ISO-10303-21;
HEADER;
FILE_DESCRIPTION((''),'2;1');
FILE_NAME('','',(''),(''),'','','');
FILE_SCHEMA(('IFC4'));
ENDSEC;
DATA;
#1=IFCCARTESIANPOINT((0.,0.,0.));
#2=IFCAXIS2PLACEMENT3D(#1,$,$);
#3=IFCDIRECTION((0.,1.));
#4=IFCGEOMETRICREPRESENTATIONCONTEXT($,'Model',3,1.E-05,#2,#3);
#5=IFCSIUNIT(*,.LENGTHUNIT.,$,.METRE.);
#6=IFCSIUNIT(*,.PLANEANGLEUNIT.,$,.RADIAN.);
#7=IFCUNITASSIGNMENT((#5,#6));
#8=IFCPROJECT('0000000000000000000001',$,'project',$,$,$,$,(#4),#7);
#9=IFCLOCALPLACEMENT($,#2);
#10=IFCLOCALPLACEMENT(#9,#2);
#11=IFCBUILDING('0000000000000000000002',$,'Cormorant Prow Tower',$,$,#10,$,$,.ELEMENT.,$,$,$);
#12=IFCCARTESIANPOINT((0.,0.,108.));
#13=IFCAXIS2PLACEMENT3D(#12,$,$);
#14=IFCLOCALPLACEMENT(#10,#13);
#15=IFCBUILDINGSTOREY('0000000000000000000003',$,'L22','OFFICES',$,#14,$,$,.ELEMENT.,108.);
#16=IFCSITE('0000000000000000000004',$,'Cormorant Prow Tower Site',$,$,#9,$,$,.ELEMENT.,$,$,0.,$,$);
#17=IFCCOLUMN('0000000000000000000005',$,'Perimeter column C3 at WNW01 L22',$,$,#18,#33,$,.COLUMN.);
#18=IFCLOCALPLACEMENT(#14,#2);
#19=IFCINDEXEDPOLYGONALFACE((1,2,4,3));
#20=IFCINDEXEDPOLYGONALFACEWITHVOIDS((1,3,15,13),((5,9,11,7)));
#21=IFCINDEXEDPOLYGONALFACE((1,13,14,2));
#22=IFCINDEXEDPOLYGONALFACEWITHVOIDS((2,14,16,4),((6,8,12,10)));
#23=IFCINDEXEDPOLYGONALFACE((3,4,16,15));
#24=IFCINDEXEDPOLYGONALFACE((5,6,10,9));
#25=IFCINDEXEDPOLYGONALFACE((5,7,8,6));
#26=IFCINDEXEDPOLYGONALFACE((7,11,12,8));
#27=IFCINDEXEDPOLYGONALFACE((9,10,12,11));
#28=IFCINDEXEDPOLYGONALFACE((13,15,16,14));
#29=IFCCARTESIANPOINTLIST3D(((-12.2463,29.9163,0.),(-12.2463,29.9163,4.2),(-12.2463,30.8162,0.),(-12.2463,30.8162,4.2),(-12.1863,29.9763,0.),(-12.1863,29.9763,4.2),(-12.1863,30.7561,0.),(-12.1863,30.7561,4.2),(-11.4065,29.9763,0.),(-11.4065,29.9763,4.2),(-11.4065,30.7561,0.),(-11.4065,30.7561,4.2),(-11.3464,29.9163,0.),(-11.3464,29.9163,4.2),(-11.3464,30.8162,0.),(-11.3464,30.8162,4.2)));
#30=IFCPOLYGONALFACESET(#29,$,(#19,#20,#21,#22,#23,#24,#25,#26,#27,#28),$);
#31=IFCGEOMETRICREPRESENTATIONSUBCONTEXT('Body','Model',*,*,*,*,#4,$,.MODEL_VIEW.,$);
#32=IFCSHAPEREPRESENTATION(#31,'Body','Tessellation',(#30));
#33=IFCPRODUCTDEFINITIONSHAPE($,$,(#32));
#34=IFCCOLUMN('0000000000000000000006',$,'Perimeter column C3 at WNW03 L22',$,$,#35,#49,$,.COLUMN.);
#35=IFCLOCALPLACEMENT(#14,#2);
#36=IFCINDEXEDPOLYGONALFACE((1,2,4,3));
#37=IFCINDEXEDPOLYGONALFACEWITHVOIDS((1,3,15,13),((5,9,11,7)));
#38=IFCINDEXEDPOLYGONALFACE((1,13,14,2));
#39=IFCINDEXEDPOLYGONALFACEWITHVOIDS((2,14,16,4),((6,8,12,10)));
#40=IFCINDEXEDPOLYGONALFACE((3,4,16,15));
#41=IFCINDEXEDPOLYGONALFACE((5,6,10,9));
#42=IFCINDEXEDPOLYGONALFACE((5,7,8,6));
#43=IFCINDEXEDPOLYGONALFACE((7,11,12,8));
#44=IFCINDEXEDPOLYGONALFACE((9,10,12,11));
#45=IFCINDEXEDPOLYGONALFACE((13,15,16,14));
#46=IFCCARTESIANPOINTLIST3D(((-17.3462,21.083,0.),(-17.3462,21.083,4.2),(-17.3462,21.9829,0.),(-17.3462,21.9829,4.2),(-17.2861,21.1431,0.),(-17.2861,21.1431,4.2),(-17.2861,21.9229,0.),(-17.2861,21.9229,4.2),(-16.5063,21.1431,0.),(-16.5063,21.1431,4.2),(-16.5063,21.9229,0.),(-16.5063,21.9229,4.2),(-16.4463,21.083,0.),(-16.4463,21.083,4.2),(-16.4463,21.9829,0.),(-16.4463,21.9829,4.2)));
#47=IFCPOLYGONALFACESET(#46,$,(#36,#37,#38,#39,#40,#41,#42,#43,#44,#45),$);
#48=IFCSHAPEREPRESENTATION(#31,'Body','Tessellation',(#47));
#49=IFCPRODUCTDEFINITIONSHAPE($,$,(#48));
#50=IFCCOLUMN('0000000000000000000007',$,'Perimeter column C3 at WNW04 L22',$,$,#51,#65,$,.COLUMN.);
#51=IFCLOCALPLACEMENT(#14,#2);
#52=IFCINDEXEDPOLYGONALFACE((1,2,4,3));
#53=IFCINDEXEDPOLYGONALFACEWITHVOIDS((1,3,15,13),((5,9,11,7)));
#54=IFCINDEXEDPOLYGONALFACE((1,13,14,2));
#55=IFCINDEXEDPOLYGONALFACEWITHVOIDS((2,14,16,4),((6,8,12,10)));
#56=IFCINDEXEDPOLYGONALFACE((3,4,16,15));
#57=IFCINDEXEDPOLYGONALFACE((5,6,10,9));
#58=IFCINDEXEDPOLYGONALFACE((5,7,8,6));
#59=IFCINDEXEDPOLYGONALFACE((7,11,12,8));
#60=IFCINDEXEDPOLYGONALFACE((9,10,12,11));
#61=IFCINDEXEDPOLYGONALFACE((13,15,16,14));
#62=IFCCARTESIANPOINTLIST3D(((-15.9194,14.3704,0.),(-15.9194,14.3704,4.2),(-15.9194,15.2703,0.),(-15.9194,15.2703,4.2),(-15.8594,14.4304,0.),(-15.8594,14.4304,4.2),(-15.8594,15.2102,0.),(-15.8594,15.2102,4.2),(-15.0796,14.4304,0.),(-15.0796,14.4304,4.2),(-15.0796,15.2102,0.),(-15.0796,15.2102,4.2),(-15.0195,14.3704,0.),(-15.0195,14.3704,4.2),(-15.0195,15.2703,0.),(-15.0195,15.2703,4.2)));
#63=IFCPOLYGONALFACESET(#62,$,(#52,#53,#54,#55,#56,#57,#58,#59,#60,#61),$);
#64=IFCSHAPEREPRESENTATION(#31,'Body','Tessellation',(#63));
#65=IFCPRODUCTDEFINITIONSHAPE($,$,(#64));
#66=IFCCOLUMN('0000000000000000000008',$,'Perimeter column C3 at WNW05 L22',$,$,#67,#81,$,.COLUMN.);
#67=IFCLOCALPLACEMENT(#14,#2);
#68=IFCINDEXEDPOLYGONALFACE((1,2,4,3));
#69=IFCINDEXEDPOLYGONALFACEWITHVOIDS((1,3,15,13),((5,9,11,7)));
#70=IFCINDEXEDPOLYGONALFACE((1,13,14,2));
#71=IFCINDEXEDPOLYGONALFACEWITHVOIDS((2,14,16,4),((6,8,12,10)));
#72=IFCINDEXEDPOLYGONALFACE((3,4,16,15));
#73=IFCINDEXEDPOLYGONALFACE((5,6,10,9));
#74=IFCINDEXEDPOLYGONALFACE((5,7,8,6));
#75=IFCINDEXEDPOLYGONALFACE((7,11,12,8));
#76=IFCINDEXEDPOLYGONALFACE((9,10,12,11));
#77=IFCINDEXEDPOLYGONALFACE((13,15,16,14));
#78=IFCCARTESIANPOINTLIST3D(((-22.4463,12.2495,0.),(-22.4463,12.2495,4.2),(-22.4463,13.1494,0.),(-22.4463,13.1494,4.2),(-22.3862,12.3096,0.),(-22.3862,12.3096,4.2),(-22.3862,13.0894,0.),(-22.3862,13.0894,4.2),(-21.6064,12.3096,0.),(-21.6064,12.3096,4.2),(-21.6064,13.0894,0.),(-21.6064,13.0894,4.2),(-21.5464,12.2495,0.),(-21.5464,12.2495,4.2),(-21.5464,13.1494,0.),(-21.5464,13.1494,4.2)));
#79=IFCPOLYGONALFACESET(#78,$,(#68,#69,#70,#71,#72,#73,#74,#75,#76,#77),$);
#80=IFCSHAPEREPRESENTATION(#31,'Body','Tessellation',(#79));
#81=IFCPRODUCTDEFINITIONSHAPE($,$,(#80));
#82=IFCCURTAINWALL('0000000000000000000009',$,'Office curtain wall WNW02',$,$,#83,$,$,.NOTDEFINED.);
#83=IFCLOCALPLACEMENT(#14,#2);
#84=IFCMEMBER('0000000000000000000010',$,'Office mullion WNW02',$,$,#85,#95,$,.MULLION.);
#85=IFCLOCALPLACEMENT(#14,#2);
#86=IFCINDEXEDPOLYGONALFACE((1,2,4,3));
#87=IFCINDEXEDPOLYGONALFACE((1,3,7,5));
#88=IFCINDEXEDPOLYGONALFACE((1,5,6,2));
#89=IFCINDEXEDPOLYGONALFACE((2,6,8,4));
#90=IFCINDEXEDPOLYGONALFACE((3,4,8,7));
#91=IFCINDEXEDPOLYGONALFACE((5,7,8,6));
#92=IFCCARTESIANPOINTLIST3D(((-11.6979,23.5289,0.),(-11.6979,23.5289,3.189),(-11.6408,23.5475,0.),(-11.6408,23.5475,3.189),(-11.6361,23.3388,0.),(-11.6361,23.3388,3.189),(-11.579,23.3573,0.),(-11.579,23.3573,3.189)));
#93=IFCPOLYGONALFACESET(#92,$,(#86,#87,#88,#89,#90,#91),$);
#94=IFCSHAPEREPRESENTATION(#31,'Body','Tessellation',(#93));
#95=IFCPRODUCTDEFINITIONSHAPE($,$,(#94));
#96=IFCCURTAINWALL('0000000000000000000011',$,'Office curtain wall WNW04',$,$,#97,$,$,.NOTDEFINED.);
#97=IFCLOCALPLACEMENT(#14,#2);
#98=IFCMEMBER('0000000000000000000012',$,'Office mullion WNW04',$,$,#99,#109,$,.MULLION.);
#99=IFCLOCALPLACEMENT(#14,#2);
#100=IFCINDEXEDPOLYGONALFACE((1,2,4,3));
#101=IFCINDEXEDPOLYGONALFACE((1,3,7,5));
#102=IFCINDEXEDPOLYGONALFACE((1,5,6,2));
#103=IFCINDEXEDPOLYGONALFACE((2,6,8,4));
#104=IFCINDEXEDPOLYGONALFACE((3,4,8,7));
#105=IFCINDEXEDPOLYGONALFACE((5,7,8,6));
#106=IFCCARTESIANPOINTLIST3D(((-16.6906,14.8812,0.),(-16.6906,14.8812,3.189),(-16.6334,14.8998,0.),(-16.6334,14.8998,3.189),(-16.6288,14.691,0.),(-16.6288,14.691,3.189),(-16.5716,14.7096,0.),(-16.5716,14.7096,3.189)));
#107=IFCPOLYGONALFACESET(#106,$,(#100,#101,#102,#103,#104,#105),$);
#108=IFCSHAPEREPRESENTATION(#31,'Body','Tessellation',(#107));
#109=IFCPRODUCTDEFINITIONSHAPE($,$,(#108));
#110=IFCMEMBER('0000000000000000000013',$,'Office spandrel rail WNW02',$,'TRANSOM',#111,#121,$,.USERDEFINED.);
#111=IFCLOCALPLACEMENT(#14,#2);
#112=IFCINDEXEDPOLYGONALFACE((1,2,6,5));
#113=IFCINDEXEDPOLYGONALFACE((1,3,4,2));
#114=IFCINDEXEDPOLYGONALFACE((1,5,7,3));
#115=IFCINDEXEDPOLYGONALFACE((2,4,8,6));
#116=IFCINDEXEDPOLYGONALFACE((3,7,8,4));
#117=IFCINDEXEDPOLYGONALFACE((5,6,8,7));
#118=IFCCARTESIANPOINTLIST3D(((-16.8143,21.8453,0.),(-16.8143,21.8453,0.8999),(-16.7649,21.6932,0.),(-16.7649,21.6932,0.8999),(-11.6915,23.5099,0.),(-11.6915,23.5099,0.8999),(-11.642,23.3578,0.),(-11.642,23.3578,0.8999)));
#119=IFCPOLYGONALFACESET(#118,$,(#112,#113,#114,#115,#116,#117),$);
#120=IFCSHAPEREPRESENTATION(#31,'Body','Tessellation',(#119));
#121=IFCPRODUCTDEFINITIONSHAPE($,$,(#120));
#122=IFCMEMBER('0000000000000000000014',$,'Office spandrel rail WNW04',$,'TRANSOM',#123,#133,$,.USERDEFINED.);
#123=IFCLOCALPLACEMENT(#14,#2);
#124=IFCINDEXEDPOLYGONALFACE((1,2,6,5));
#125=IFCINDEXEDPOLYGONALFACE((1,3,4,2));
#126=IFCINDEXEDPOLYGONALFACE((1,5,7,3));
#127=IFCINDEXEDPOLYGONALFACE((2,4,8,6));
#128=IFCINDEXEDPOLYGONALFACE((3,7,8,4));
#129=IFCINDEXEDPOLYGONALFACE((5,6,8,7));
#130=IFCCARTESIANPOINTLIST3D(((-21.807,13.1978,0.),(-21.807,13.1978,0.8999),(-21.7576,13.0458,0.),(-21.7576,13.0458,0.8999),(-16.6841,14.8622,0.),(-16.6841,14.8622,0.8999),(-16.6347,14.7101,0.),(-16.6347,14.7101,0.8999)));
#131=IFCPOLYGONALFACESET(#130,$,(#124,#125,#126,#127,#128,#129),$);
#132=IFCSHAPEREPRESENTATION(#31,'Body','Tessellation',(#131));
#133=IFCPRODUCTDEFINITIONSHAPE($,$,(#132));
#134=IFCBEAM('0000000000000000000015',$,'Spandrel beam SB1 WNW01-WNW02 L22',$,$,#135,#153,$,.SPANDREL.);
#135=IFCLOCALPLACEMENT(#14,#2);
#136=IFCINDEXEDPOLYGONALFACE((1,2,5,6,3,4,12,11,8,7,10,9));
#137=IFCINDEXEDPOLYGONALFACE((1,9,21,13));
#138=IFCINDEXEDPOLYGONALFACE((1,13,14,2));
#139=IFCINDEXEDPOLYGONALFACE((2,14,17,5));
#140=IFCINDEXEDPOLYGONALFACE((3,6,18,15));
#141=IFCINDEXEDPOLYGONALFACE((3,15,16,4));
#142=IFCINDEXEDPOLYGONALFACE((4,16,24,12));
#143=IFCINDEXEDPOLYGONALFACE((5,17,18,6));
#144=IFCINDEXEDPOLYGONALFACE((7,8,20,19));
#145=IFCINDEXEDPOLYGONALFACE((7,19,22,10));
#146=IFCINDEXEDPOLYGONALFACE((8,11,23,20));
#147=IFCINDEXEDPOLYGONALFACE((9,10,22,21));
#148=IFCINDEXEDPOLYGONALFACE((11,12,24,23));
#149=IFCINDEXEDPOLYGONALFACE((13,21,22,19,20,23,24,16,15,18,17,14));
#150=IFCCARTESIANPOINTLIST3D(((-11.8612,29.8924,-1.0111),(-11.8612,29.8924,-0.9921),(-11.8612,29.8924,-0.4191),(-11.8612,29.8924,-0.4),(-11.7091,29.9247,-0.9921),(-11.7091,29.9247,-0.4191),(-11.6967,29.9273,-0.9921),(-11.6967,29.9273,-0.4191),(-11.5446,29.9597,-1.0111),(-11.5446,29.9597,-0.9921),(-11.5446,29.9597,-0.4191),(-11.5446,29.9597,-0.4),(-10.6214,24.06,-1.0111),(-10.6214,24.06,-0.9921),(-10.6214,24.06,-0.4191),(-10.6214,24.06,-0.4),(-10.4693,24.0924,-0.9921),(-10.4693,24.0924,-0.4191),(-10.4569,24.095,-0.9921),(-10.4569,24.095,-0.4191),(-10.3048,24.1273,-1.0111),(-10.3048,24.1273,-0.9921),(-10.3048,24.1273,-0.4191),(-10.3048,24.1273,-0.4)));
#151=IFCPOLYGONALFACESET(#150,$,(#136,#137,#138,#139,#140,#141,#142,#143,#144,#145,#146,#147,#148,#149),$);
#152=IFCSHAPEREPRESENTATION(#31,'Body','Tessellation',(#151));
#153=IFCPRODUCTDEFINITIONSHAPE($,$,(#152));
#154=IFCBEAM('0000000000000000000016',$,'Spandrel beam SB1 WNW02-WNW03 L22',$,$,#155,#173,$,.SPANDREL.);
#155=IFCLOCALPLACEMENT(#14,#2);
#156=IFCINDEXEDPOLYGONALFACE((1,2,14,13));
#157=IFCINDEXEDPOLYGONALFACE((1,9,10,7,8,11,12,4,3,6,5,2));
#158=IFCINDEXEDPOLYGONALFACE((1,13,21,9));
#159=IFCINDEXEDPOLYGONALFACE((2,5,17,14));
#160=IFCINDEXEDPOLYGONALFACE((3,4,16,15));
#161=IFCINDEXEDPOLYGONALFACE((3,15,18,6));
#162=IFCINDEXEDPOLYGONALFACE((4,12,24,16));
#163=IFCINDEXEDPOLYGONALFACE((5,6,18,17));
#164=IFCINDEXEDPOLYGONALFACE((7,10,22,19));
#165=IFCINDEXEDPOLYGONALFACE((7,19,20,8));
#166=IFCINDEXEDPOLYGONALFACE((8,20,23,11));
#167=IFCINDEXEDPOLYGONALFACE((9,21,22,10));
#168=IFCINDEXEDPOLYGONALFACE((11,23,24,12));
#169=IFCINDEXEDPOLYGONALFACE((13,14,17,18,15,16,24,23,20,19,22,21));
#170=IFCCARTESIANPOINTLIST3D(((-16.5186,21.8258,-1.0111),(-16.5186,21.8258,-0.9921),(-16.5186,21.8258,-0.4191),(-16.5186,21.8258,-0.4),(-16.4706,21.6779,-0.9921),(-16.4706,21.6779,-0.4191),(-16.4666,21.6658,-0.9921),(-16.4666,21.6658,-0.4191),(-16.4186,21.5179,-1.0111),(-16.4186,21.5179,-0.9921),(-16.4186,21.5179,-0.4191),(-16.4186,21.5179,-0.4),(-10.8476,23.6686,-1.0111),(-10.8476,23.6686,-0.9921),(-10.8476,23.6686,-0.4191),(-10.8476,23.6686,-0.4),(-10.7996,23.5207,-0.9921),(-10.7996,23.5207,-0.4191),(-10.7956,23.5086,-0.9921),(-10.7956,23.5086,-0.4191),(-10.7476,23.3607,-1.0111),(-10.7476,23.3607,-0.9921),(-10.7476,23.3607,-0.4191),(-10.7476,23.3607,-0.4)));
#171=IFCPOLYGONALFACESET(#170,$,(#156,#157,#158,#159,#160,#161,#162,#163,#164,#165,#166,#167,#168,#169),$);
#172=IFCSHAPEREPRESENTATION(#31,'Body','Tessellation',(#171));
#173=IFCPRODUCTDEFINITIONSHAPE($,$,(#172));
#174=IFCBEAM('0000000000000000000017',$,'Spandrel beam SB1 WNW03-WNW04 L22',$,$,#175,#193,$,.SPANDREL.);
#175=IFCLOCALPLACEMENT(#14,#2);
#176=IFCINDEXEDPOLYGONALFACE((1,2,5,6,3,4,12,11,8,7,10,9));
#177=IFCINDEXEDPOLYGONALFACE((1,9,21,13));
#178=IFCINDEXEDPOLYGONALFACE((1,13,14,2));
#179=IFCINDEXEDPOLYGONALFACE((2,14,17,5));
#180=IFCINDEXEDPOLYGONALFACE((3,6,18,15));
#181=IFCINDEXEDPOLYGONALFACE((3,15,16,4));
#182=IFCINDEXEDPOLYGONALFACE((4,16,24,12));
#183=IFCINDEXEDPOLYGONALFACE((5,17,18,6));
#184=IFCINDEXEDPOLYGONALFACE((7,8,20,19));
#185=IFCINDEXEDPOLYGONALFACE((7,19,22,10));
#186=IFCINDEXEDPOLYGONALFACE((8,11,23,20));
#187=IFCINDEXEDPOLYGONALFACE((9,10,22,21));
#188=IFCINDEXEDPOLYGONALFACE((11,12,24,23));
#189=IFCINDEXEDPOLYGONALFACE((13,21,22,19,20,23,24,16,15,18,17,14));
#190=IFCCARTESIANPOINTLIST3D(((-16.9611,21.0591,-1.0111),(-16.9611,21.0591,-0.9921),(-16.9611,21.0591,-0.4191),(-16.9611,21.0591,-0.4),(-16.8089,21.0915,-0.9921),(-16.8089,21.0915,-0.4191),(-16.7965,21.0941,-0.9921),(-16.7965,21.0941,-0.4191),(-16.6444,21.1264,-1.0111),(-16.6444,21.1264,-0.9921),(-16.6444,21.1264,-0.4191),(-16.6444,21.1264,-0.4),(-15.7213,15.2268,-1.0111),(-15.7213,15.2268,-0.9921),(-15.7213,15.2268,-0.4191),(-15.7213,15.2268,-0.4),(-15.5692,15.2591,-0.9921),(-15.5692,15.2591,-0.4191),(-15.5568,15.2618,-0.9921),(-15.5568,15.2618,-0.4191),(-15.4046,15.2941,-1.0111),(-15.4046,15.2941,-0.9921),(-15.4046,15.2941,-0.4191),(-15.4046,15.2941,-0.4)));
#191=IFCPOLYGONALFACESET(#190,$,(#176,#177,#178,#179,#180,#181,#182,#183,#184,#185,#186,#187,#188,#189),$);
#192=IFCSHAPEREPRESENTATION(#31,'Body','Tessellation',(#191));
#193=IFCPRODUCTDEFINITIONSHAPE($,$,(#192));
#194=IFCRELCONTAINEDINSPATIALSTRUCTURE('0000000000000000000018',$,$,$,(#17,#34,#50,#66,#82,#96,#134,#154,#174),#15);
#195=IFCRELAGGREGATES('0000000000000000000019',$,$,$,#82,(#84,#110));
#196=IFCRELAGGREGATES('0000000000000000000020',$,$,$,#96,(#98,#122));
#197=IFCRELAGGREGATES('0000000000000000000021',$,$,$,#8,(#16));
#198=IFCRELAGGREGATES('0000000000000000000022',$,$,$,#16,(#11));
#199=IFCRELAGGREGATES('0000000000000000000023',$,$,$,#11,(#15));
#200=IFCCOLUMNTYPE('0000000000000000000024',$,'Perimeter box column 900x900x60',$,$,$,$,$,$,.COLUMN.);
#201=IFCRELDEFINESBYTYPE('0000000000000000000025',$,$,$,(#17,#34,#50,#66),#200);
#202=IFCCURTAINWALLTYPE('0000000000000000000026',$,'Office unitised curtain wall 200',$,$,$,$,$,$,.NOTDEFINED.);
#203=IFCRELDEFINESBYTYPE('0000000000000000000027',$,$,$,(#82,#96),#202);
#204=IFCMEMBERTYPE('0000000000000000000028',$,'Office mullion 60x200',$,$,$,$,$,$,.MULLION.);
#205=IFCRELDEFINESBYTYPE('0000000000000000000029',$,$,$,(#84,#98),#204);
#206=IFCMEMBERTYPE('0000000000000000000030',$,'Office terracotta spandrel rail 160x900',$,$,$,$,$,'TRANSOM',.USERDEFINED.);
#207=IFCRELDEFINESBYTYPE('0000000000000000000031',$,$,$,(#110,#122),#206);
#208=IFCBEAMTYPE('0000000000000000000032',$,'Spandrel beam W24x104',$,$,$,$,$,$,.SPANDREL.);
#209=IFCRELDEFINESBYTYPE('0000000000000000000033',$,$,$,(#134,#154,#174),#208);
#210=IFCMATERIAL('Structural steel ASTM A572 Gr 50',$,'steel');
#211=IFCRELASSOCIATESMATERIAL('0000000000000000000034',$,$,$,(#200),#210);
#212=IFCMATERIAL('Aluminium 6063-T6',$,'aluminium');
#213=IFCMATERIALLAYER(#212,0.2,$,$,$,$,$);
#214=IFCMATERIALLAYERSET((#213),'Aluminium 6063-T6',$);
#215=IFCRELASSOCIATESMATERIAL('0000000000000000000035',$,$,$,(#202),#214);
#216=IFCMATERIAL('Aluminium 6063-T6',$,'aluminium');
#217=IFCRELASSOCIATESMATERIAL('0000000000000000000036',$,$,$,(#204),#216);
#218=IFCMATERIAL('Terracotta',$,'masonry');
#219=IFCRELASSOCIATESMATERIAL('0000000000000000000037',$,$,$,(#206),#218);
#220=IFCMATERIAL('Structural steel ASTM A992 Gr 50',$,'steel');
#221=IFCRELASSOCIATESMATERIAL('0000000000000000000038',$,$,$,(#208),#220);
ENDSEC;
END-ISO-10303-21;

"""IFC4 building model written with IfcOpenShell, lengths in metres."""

from ifc_helpers import new_model, si_unit, direction, frame, origin, origin_2d, place, context, subcontext, project, spatial, rectangle, hollow_rectangle, i_section, extrude, material, layer, layer_set, material_profile, profile_set, type_object, element, aggregate, save


model = new_model("IFC4")

# Units and contexts
model_context = context("Model", 3, precision=1e-05, world=origin(), true_north=direction((0.0, 1.0)))
body_context = subcontext(model_context, "Body", "Model", "MODEL_VIEW")
ifc_project = project(units=[si_unit("LENGTHUNIT", "METRE"), si_unit("PLANEANGLEUNIT", "RADIAN")], contexts=[model_context])

# Site, building, storey
site_placement = place(None, origin())
site = spatial("IfcSite", under=ifc_project, at=site_placement, Name="Cormorant Prow Tower Site", CompositionType="ELEMENT", RefElevation=0.0)
building_placement = place(site_placement, origin())
building = spatial("IfcBuilding", under=site, at=building_placement, Name="Cormorant Prow Tower", CompositionType="ELEMENT")
storey_placement = place(building_placement, frame((0.0, 0.0, 108.0)))
storey = spatial("IfcBuildingStorey", under=building, at=storey_placement, Name="L22", Description="OFFICES", CompositionType="ELEMENT", Elevation=108.0)

# Columns
ifc_material_1 = material(Name="Structural steel ASTM A572 Gr 50", Category="steel")
ifc_material_profile_1 = material_profile(ifc_material_1, hollow_rectangle(XDim=0.8999, YDim=0.8999, WallThickness=0.0601, at=origin_2d()), Name="Box 900x900x60")
ifc_profile_set_1 = profile_set([ifc_material_profile_1], Name="Structural steel ASTM A572 Gr 50")
column_type = type_object("IfcColumnType", Name="Perimeter box column 900x900x60", PredefinedType="COLUMN", material=ifc_profile_set_1)
for number, where, z_axis, x_axis, name in (
    (1, (-11.7964, 30.3662, 0.0), (0.0, 0.0, 1.0), (1.0, 0.0, 0.0), "Perimeter column C3 at WNW01 L22"),
    (2, (-16.8962, 21.533, 0.0), (0.0, 0.0, 1.0), (1.0, 0.0, 0.0), "Perimeter column C3 at WNW03 L22"),
    (3, (-15.4695, 14.8203, 0.0), (0.0, 0.0, 1.0), (1.0, 0.0, 0.0), "Perimeter column C3 at WNW04 L22"),
    (4, (-21.9963, 12.6995, 0.0), (0.0, 0.0, 1.0), (1.0, 0.0, 0.0), "Perimeter column C3 at WNW05 L22"),
):
    element("IfcColumn", number, at=place(storey_placement, frame(where, z_axis=z_axis, x_axis=x_axis)), inside=storey, type_object=column_type, Name=name, PredefinedType="COLUMN", context=body_context, shape_type="SweptSolid", body=[
        extrude(hollow_rectangle(XDim=0.8999, YDim=0.8999, WallThickness=0.0601, at=origin_2d()), origin(), (0.0, 0.0, 1.0), 4.2),
    ])

# Curtain walls, members
ifc_material_2 = material(Name="Aluminium 6063-T6", Category="aluminium")
ifc_layer_1 = layer(ifc_material_2, 0.2)
ifc_layer_set_1 = layer_set([ifc_layer_1], Name="Aluminium 6063-T6")
curtain_wall_type = type_object("IfcCurtainWallType", Name="Office unitised curtain wall 200", PredefinedType="NOTDEFINED", material=ifc_layer_set_1)
curtain_wall_1_placement = place(storey_placement, origin())
curtain_wall_1 = element("IfcCurtainWall", 5, at=curtain_wall_1_placement, inside=storey, type_object=curtain_wall_type, Name="Office curtain wall WNW02", PredefinedType="NOTDEFINED")
ifc_material_3 = material(Name="Aluminium 6063-T6", Category="aluminium")
ifc_material_profile_2 = material_profile(ifc_material_3, rectangle(XDim=0.2, YDim=0.0601, at=origin_2d()), Name="Office mullion 60x200")
ifc_profile_set_2 = profile_set([ifc_material_profile_2], Name="Aluminium 6063-T6")
member_type_1 = type_object("IfcMemberType", Name="Office mullion 60x200", PredefinedType="MULLION", material=ifc_profile_set_2)
member_1_placement = place(storey_placement, frame((-11.6384, 23.4431, 0.0), z_axis=(0.0, 0.0, 1.0), x_axis=(0.309017, -0.951057, 0.0)))
member_1 = element("IfcMember", 6, at=member_1_placement, type_object=member_type_1, Name="Office mullion WNW02", PredefinedType="MULLION", context=body_context, shape_type="SweptSolid", body=[
    extrude(rectangle(XDim=0.2, YDim=0.0601, at=origin_2d()), origin(), (0.0, 0.0, 1.0), 3.189),
])
curtain_wall_2_placement = place(storey_placement, origin())
curtain_wall_2 = element("IfcCurtainWall", 7, at=curtain_wall_2_placement, inside=storey, type_object=curtain_wall_type, Name="Office curtain wall WNW04", PredefinedType="NOTDEFINED")
member_2_placement = place(storey_placement, frame((-16.6311, 14.7954, 0.0), z_axis=(0.0, 0.0, 1.0), x_axis=(0.309017, -0.951057, 0.0)))
member_2 = element("IfcMember", 8, at=member_2_placement, type_object=member_type_1, Name="Office mullion WNW04", PredefinedType="MULLION", context=body_context, shape_type="SweptSolid", body=[
    extrude(rectangle(XDim=0.2, YDim=0.0601, at=origin_2d()), origin(), (0.0, 0.0, 1.0), 3.189),
])

# Members
ifc_material_4 = material(Name="Terracotta", Category="masonry")
ifc_material_profile_3 = material_profile(ifc_material_4, rectangle(XDim=0.1599, YDim=0.8999, at=origin_2d()), Name="Office terracotta spandrel rail 160x900")
ifc_profile_set_3 = profile_set([ifc_material_profile_3], Name="Terracotta")
member_type_2 = type_object("IfcMemberType", Name="Office terracotta spandrel rail 160x900", ElementType="TRANSOM", PredefinedType="USERDEFINED", material=ifc_profile_set_3)
member_3_placement = place(storey_placement, frame((-11.6667, 23.4338, 0.45), z_axis=(-0.951054, -0.309026, 0.0), x_axis=(0.309026, -0.951054, 0.0)))
member_3 = element("IfcMember", 9, at=member_3_placement, type_object=member_type_2, Name="Office spandrel rail WNW02", ObjectType="TRANSOM", PredefinedType="USERDEFINED", context=body_context, shape_type="SweptSolid", body=[
    extrude(rectangle(XDim=0.1599, YDim=0.8999, at=origin_2d()), origin(), (0.0, 0.0, 1.0), 5.3865),
])
member_4_placement = place(storey_placement, frame((-16.6594, 14.7861, 0.45), z_axis=(-0.951067, -0.308985, 0.0), x_axis=(0.308985, -0.951067, 0.0)))
member_4 = element("IfcMember", 10, at=member_4_placement, type_object=member_type_2, Name="Office spandrel rail WNW04", ObjectType="TRANSOM", PredefinedType="USERDEFINED", context=body_context, shape_type="SweptSolid", body=[
    extrude(rectangle(XDim=0.1599, YDim=0.8999, at=origin_2d()), origin(), (0.0, 0.0, 1.0), 5.3865),
])

# Beams
ifc_material_5 = material(Name="Structural steel ASTM A992 Gr 50", Category="steel")
ifc_material_profile_4 = material_profile(ifc_material_5, i_section(OverallWidth=0.3237, OverallDepth=0.6111, WebThickness=0.0127, FlangeThickness=0.019, at=origin_2d()), Name="W24x104")
ifc_profile_set_4 = profile_set([ifc_material_profile_4], Name="Structural steel ASTM A992 Gr 50")
beam_type = type_object("IfcBeamType", Name="Spandrel beam W24x104", PredefinedType="SPANDREL", material=ifc_profile_set_4)
beam_1_placement = place(storey_placement, frame((-11.7029, 29.926, -0.7056), z_axis=(0.207921, -0.978146, 0.0), x_axis=(0.978146, 0.207921, 0.0)))
element("IfcBeam", 11, at=beam_1_placement, inside=storey, type_object=beam_type, Name="Spandrel beam SB1 WNW01-WNW02 L22", PredefinedType="SPANDREL", context=body_context, shape_type="SweptSolid", body=[
    extrude(i_section(OverallWidth=0.3237, OverallDepth=0.6111, WebThickness=0.0127, FlangeThickness=0.019, at=origin_2d()), origin(), (0.0, 0.0, 1.0), 5.9626),
])
beam_2_placement = place(storey_placement, frame((-10.7976, 23.5146, -0.7056), z_axis=(-0.951047, -0.309045, 0.0), x_axis=(0.309045, -0.951047, 0.0)))
element("IfcBeam", 12, at=beam_2_placement, inside=storey, type_object=beam_type, Name="Spandrel beam SB1 WNW02-WNW03 L22", PredefinedType="SPANDREL", context=body_context, shape_type="SweptSolid", body=[
    extrude(i_section(OverallWidth=0.3237, OverallDepth=0.6111, WebThickness=0.0127, FlangeThickness=0.019, at=origin_2d()), origin(), (0.0, 0.0, 1.0), 5.9629),
])
for number, where, z_axis, x_axis, name in (
    (13, (-16.8027, 21.0928, -0.7056), (0.207921, -0.978146, 0.0), (0.978146, 0.207921, 0.0), "Spandrel beam SB1 WNW03-WNW04 L22"),
):
    element("IfcBeam", number, at=place(storey_placement, frame(where, z_axis=z_axis, x_axis=x_axis)), inside=storey, type_object=beam_type, Name=name, PredefinedType="SPANDREL", context=body_context, shape_type="SweptSolid", body=[
        extrude(i_section(OverallWidth=0.3237, OverallDepth=0.6111, WebThickness=0.0127, FlangeThickness=0.019, at=origin_2d()), origin(), (0.0, 0.0, 1.0), 5.9626),
    ])

aggregate(curtain_wall_1, [member_1, member_3])
aggregate(curtain_wall_2, [member_2, member_4])

save(model, "model.ifc")
